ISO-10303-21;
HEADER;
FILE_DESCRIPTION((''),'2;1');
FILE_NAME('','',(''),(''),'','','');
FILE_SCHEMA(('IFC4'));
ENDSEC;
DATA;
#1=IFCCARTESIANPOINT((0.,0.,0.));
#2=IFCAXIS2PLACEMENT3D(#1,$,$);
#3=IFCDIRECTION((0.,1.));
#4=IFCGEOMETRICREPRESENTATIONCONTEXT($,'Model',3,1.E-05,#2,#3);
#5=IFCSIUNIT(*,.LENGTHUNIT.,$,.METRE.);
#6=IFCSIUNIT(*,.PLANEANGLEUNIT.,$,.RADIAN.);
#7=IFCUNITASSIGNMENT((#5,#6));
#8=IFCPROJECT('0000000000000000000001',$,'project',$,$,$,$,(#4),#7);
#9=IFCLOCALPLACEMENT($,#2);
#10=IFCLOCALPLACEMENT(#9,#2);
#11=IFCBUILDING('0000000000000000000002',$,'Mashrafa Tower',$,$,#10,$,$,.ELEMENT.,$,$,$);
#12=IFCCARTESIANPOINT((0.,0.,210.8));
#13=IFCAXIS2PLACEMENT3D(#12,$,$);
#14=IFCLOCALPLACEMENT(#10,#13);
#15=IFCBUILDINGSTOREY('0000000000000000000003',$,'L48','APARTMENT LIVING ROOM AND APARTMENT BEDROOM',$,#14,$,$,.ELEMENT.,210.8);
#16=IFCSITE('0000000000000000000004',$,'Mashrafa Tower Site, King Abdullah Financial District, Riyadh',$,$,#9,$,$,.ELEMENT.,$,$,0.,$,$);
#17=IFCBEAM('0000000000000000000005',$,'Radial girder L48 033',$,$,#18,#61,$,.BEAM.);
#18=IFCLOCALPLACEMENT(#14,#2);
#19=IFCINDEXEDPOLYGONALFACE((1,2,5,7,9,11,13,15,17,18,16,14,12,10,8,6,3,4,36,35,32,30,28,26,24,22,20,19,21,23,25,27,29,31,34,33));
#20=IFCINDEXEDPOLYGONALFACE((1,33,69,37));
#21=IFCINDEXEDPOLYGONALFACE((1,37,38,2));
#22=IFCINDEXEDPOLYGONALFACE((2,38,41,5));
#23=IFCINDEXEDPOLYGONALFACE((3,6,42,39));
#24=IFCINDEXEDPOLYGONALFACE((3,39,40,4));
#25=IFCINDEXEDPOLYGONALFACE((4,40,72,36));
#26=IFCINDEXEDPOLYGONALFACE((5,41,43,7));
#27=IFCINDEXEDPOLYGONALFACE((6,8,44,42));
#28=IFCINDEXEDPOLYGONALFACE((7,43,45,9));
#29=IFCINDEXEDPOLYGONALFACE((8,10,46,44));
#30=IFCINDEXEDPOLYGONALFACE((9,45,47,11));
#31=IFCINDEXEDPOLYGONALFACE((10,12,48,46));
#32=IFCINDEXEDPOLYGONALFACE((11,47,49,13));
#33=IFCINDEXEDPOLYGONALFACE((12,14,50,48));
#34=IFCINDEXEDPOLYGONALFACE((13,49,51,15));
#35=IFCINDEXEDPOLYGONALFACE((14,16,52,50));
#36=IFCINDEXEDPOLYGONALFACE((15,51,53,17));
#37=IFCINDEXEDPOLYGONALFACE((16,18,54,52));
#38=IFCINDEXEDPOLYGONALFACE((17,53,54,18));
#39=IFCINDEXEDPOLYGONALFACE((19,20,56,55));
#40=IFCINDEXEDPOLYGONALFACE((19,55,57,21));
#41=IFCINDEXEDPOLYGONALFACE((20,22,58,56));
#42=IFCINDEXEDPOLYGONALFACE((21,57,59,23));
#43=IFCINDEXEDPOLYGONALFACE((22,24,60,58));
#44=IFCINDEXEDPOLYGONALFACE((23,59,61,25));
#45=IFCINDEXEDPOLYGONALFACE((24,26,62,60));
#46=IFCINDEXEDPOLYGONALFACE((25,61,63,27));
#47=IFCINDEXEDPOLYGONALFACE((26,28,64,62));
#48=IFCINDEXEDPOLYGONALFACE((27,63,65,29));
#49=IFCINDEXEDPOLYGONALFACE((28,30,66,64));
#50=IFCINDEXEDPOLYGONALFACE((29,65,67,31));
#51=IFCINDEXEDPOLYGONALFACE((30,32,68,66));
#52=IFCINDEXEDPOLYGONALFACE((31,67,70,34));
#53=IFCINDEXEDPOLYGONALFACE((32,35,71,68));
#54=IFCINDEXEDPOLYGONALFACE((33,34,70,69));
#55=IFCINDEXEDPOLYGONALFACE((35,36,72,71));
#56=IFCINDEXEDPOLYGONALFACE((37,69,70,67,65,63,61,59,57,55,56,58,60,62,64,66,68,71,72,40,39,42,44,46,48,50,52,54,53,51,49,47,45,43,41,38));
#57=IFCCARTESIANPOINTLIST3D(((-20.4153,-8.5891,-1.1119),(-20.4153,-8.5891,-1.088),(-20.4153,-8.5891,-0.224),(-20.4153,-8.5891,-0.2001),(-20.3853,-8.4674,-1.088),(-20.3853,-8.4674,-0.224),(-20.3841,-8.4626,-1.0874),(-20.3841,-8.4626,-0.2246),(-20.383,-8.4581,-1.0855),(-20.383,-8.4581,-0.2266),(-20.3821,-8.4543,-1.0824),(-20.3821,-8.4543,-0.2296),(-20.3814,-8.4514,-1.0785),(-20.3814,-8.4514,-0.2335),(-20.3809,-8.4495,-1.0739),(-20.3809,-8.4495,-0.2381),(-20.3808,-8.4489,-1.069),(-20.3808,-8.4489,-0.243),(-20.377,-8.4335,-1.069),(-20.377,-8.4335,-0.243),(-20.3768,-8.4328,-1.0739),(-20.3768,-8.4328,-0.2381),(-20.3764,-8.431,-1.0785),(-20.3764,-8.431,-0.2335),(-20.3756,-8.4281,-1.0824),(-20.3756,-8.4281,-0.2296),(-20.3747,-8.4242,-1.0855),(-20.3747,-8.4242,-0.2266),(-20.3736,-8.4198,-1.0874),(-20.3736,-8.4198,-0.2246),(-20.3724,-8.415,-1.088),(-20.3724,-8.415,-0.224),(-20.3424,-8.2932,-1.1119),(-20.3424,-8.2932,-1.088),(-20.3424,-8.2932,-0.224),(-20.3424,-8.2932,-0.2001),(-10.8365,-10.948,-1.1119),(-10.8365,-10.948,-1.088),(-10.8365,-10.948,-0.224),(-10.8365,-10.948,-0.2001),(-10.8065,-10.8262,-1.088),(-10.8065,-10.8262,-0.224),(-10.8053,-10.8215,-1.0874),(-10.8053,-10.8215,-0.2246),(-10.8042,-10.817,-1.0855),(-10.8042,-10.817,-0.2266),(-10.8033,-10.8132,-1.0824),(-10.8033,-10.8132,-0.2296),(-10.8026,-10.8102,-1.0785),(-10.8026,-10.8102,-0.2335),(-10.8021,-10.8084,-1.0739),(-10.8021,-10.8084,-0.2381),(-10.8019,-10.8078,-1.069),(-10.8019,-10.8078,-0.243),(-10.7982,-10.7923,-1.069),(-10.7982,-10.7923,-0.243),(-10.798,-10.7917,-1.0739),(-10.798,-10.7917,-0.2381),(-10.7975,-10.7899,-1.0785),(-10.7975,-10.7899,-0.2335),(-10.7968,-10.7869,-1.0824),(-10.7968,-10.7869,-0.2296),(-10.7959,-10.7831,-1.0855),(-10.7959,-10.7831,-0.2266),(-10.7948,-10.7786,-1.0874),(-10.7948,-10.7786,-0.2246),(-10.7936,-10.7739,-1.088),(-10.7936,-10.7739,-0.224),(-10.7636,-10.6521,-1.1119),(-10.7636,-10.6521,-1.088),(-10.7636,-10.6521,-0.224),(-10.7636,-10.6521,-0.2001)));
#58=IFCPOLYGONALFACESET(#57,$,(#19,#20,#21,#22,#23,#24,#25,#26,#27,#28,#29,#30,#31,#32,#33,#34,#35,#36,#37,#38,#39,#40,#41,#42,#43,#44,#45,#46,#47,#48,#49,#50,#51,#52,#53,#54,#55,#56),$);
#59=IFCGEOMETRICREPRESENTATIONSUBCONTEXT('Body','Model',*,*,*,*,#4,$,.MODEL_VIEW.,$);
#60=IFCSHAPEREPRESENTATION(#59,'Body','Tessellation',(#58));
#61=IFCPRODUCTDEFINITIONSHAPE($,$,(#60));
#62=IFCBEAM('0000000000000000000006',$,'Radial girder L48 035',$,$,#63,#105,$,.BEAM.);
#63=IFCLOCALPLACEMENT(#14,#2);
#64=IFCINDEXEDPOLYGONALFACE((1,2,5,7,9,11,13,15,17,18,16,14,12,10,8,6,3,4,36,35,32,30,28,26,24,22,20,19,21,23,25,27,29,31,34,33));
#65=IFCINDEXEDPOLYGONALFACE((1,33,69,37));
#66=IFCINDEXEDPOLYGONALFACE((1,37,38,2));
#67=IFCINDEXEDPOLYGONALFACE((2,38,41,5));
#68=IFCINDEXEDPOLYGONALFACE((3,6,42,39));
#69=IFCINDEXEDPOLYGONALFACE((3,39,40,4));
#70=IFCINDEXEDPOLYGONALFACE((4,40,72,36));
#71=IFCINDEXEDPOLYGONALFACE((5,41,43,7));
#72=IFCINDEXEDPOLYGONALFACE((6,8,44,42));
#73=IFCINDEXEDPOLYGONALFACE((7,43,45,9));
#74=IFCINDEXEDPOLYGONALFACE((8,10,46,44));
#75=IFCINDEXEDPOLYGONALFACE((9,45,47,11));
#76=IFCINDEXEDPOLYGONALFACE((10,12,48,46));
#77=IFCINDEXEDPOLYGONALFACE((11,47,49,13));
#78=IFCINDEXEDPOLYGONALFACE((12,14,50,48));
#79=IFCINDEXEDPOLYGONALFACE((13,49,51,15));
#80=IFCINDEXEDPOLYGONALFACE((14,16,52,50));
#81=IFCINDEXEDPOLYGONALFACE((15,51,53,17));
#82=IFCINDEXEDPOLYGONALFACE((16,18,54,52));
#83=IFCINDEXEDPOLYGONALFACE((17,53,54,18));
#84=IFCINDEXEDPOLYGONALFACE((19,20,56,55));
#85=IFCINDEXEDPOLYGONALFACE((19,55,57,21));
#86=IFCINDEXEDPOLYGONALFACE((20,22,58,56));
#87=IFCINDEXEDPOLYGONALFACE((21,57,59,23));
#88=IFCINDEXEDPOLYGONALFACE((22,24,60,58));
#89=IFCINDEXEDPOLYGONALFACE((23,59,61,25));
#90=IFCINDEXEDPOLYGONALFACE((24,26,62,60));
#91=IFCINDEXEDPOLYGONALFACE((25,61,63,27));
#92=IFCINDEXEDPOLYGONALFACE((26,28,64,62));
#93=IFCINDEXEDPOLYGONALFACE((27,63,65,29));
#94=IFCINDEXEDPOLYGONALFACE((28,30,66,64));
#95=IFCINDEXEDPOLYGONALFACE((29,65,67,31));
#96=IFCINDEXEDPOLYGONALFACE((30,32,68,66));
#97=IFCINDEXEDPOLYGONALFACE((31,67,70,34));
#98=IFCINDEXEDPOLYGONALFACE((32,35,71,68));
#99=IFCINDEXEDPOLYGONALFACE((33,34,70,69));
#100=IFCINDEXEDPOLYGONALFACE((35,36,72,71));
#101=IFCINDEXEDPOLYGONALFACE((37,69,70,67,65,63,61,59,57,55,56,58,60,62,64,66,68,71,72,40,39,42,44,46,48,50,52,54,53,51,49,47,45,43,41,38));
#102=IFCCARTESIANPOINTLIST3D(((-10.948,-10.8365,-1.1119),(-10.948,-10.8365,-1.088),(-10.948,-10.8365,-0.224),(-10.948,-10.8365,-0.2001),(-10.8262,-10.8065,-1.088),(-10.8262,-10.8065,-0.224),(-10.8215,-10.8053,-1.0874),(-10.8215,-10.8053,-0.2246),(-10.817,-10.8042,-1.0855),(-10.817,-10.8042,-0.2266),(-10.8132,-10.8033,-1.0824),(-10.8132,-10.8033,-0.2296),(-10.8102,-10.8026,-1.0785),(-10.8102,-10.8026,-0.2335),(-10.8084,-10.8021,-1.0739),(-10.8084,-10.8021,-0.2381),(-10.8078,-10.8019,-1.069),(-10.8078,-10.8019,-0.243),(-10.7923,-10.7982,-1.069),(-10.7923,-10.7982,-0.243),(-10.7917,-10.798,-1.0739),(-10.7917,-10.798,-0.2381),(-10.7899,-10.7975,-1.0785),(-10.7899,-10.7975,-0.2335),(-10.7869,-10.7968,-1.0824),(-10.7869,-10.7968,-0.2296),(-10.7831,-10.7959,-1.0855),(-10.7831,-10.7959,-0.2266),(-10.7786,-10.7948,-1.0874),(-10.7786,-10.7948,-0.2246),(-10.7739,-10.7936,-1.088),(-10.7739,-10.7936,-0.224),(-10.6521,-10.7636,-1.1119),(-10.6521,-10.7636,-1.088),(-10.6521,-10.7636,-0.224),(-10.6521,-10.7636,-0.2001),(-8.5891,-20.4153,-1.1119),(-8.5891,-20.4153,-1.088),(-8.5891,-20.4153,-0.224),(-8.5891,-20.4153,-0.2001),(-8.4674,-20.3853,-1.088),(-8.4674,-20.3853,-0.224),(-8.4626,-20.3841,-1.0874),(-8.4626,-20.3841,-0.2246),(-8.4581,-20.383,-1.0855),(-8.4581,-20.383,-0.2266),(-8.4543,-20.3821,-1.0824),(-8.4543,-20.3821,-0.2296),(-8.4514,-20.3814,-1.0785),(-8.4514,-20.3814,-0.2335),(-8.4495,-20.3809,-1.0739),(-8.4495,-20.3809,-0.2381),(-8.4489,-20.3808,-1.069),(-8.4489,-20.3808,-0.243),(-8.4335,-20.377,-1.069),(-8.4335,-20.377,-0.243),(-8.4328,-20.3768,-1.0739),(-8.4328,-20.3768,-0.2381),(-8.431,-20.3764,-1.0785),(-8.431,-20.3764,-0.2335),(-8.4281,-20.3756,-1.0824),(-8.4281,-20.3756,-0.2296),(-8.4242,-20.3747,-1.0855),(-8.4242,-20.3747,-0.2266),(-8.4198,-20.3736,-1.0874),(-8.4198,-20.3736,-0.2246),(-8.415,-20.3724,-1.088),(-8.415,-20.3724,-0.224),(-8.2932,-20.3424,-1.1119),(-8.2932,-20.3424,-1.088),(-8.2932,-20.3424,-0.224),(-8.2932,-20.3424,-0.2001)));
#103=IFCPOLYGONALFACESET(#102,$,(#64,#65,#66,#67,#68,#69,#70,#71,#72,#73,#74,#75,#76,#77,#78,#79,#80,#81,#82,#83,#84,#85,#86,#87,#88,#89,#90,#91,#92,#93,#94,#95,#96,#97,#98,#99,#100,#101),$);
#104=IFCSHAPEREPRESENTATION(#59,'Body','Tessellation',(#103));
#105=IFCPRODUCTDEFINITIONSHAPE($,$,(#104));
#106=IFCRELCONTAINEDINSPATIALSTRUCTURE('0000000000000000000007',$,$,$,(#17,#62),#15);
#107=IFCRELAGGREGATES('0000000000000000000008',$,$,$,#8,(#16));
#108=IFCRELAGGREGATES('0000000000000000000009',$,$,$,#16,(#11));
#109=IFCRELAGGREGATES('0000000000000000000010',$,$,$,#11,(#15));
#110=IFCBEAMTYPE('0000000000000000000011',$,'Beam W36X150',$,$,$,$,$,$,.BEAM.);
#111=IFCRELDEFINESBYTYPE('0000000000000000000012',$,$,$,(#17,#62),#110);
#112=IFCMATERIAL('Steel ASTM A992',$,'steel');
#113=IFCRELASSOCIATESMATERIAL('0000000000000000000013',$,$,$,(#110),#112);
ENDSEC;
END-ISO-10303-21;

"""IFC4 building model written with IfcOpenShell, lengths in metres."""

from ifc_helpers import new_model, si_unit, direction, frame, origin, origin_2d, place, context, subcontext, project, spatial, i_section, extrude, material, material_profile, profile_set, type_object, element, save


model = new_model("IFC4")

# Units and contexts
model_context = context("Model", 3, precision=1e-05, world=origin(), true_north=direction((0.0, 1.0)))
body_context = subcontext(model_context, "Body", "Model", "MODEL_VIEW")
ifc_project = project(units=[si_unit("LENGTHUNIT", "METRE"), si_unit("PLANEANGLEUNIT", "RADIAN")], contexts=[model_context])

# Site, building, storey
site_placement = place(None, origin())
site = spatial("IfcSite", under=ifc_project, at=site_placement, Name="Mashrafa Tower Site, King Abdullah Financial District, Riyadh", CompositionType="ELEMENT", RefElevation=0.0)
building_placement = place(site_placement, origin())
building = spatial("IfcBuilding", under=site, at=building_placement, Name="Mashrafa Tower", CompositionType="ELEMENT")
storey_placement = place(building_placement, frame((0.0, 0.0, 210.8)))
storey = spatial("IfcBuildingStorey", under=building, at=storey_placement, Name="L48", Description="APARTMENT LIVING ROOM AND APARTMENT BEDROOM", CompositionType="ELEMENT", Elevation=210.8)

# Beams
ifc_material_1 = material(Name="Steel ASTM A992", Category="steel")
ifc_material_profile_1 = material_profile(ifc_material_1, i_section(OverallWidth=0.3047, OverallDepth=0.9119, WebThickness=0.0159, FlangeThickness=0.0239, FilletRadius=0.019, at=origin_2d()), Name="W36X150")
ifc_profile_set_1 = profile_set([ifc_material_profile_1], Name="Steel ASTM A992")
beam_type_1 = type_object("IfcBeamType", Name="Beam W36X150", PredefinedType="BEAM", material=ifc_profile_set_1)
for number, where, z_axis, x_axis, name in (
    (1, (-10.8, -10.8, -0.656), (-0.970991, 0.239116, 0.0), (-0.239116, -0.970991, 0.0), "Radial girder L48 033"),
    (2, (-10.8, -10.8, -0.656), (0.239116, -0.970991, 0.0), (0.970991, 0.239116, 0.0), "Radial girder L48 035"),
):
    element("IfcBeam", number, at=place(storey_placement, frame(where, z_axis=z_axis, x_axis=x_axis)), inside=storey, type_object=beam_type_1, Name=name, PredefinedType="BEAM", context=body_context, shape_type="SweptSolid", body=[
        extrude(i_section(OverallWidth=0.3047, OverallDepth=0.9119, WebThickness=0.0159, FlangeThickness=0.0239, FilletRadius=0.019, at=origin_2d()), origin(), (0.0, 0.0, 1.0), 9.865),
    ])

save(model, "model.ifc")
